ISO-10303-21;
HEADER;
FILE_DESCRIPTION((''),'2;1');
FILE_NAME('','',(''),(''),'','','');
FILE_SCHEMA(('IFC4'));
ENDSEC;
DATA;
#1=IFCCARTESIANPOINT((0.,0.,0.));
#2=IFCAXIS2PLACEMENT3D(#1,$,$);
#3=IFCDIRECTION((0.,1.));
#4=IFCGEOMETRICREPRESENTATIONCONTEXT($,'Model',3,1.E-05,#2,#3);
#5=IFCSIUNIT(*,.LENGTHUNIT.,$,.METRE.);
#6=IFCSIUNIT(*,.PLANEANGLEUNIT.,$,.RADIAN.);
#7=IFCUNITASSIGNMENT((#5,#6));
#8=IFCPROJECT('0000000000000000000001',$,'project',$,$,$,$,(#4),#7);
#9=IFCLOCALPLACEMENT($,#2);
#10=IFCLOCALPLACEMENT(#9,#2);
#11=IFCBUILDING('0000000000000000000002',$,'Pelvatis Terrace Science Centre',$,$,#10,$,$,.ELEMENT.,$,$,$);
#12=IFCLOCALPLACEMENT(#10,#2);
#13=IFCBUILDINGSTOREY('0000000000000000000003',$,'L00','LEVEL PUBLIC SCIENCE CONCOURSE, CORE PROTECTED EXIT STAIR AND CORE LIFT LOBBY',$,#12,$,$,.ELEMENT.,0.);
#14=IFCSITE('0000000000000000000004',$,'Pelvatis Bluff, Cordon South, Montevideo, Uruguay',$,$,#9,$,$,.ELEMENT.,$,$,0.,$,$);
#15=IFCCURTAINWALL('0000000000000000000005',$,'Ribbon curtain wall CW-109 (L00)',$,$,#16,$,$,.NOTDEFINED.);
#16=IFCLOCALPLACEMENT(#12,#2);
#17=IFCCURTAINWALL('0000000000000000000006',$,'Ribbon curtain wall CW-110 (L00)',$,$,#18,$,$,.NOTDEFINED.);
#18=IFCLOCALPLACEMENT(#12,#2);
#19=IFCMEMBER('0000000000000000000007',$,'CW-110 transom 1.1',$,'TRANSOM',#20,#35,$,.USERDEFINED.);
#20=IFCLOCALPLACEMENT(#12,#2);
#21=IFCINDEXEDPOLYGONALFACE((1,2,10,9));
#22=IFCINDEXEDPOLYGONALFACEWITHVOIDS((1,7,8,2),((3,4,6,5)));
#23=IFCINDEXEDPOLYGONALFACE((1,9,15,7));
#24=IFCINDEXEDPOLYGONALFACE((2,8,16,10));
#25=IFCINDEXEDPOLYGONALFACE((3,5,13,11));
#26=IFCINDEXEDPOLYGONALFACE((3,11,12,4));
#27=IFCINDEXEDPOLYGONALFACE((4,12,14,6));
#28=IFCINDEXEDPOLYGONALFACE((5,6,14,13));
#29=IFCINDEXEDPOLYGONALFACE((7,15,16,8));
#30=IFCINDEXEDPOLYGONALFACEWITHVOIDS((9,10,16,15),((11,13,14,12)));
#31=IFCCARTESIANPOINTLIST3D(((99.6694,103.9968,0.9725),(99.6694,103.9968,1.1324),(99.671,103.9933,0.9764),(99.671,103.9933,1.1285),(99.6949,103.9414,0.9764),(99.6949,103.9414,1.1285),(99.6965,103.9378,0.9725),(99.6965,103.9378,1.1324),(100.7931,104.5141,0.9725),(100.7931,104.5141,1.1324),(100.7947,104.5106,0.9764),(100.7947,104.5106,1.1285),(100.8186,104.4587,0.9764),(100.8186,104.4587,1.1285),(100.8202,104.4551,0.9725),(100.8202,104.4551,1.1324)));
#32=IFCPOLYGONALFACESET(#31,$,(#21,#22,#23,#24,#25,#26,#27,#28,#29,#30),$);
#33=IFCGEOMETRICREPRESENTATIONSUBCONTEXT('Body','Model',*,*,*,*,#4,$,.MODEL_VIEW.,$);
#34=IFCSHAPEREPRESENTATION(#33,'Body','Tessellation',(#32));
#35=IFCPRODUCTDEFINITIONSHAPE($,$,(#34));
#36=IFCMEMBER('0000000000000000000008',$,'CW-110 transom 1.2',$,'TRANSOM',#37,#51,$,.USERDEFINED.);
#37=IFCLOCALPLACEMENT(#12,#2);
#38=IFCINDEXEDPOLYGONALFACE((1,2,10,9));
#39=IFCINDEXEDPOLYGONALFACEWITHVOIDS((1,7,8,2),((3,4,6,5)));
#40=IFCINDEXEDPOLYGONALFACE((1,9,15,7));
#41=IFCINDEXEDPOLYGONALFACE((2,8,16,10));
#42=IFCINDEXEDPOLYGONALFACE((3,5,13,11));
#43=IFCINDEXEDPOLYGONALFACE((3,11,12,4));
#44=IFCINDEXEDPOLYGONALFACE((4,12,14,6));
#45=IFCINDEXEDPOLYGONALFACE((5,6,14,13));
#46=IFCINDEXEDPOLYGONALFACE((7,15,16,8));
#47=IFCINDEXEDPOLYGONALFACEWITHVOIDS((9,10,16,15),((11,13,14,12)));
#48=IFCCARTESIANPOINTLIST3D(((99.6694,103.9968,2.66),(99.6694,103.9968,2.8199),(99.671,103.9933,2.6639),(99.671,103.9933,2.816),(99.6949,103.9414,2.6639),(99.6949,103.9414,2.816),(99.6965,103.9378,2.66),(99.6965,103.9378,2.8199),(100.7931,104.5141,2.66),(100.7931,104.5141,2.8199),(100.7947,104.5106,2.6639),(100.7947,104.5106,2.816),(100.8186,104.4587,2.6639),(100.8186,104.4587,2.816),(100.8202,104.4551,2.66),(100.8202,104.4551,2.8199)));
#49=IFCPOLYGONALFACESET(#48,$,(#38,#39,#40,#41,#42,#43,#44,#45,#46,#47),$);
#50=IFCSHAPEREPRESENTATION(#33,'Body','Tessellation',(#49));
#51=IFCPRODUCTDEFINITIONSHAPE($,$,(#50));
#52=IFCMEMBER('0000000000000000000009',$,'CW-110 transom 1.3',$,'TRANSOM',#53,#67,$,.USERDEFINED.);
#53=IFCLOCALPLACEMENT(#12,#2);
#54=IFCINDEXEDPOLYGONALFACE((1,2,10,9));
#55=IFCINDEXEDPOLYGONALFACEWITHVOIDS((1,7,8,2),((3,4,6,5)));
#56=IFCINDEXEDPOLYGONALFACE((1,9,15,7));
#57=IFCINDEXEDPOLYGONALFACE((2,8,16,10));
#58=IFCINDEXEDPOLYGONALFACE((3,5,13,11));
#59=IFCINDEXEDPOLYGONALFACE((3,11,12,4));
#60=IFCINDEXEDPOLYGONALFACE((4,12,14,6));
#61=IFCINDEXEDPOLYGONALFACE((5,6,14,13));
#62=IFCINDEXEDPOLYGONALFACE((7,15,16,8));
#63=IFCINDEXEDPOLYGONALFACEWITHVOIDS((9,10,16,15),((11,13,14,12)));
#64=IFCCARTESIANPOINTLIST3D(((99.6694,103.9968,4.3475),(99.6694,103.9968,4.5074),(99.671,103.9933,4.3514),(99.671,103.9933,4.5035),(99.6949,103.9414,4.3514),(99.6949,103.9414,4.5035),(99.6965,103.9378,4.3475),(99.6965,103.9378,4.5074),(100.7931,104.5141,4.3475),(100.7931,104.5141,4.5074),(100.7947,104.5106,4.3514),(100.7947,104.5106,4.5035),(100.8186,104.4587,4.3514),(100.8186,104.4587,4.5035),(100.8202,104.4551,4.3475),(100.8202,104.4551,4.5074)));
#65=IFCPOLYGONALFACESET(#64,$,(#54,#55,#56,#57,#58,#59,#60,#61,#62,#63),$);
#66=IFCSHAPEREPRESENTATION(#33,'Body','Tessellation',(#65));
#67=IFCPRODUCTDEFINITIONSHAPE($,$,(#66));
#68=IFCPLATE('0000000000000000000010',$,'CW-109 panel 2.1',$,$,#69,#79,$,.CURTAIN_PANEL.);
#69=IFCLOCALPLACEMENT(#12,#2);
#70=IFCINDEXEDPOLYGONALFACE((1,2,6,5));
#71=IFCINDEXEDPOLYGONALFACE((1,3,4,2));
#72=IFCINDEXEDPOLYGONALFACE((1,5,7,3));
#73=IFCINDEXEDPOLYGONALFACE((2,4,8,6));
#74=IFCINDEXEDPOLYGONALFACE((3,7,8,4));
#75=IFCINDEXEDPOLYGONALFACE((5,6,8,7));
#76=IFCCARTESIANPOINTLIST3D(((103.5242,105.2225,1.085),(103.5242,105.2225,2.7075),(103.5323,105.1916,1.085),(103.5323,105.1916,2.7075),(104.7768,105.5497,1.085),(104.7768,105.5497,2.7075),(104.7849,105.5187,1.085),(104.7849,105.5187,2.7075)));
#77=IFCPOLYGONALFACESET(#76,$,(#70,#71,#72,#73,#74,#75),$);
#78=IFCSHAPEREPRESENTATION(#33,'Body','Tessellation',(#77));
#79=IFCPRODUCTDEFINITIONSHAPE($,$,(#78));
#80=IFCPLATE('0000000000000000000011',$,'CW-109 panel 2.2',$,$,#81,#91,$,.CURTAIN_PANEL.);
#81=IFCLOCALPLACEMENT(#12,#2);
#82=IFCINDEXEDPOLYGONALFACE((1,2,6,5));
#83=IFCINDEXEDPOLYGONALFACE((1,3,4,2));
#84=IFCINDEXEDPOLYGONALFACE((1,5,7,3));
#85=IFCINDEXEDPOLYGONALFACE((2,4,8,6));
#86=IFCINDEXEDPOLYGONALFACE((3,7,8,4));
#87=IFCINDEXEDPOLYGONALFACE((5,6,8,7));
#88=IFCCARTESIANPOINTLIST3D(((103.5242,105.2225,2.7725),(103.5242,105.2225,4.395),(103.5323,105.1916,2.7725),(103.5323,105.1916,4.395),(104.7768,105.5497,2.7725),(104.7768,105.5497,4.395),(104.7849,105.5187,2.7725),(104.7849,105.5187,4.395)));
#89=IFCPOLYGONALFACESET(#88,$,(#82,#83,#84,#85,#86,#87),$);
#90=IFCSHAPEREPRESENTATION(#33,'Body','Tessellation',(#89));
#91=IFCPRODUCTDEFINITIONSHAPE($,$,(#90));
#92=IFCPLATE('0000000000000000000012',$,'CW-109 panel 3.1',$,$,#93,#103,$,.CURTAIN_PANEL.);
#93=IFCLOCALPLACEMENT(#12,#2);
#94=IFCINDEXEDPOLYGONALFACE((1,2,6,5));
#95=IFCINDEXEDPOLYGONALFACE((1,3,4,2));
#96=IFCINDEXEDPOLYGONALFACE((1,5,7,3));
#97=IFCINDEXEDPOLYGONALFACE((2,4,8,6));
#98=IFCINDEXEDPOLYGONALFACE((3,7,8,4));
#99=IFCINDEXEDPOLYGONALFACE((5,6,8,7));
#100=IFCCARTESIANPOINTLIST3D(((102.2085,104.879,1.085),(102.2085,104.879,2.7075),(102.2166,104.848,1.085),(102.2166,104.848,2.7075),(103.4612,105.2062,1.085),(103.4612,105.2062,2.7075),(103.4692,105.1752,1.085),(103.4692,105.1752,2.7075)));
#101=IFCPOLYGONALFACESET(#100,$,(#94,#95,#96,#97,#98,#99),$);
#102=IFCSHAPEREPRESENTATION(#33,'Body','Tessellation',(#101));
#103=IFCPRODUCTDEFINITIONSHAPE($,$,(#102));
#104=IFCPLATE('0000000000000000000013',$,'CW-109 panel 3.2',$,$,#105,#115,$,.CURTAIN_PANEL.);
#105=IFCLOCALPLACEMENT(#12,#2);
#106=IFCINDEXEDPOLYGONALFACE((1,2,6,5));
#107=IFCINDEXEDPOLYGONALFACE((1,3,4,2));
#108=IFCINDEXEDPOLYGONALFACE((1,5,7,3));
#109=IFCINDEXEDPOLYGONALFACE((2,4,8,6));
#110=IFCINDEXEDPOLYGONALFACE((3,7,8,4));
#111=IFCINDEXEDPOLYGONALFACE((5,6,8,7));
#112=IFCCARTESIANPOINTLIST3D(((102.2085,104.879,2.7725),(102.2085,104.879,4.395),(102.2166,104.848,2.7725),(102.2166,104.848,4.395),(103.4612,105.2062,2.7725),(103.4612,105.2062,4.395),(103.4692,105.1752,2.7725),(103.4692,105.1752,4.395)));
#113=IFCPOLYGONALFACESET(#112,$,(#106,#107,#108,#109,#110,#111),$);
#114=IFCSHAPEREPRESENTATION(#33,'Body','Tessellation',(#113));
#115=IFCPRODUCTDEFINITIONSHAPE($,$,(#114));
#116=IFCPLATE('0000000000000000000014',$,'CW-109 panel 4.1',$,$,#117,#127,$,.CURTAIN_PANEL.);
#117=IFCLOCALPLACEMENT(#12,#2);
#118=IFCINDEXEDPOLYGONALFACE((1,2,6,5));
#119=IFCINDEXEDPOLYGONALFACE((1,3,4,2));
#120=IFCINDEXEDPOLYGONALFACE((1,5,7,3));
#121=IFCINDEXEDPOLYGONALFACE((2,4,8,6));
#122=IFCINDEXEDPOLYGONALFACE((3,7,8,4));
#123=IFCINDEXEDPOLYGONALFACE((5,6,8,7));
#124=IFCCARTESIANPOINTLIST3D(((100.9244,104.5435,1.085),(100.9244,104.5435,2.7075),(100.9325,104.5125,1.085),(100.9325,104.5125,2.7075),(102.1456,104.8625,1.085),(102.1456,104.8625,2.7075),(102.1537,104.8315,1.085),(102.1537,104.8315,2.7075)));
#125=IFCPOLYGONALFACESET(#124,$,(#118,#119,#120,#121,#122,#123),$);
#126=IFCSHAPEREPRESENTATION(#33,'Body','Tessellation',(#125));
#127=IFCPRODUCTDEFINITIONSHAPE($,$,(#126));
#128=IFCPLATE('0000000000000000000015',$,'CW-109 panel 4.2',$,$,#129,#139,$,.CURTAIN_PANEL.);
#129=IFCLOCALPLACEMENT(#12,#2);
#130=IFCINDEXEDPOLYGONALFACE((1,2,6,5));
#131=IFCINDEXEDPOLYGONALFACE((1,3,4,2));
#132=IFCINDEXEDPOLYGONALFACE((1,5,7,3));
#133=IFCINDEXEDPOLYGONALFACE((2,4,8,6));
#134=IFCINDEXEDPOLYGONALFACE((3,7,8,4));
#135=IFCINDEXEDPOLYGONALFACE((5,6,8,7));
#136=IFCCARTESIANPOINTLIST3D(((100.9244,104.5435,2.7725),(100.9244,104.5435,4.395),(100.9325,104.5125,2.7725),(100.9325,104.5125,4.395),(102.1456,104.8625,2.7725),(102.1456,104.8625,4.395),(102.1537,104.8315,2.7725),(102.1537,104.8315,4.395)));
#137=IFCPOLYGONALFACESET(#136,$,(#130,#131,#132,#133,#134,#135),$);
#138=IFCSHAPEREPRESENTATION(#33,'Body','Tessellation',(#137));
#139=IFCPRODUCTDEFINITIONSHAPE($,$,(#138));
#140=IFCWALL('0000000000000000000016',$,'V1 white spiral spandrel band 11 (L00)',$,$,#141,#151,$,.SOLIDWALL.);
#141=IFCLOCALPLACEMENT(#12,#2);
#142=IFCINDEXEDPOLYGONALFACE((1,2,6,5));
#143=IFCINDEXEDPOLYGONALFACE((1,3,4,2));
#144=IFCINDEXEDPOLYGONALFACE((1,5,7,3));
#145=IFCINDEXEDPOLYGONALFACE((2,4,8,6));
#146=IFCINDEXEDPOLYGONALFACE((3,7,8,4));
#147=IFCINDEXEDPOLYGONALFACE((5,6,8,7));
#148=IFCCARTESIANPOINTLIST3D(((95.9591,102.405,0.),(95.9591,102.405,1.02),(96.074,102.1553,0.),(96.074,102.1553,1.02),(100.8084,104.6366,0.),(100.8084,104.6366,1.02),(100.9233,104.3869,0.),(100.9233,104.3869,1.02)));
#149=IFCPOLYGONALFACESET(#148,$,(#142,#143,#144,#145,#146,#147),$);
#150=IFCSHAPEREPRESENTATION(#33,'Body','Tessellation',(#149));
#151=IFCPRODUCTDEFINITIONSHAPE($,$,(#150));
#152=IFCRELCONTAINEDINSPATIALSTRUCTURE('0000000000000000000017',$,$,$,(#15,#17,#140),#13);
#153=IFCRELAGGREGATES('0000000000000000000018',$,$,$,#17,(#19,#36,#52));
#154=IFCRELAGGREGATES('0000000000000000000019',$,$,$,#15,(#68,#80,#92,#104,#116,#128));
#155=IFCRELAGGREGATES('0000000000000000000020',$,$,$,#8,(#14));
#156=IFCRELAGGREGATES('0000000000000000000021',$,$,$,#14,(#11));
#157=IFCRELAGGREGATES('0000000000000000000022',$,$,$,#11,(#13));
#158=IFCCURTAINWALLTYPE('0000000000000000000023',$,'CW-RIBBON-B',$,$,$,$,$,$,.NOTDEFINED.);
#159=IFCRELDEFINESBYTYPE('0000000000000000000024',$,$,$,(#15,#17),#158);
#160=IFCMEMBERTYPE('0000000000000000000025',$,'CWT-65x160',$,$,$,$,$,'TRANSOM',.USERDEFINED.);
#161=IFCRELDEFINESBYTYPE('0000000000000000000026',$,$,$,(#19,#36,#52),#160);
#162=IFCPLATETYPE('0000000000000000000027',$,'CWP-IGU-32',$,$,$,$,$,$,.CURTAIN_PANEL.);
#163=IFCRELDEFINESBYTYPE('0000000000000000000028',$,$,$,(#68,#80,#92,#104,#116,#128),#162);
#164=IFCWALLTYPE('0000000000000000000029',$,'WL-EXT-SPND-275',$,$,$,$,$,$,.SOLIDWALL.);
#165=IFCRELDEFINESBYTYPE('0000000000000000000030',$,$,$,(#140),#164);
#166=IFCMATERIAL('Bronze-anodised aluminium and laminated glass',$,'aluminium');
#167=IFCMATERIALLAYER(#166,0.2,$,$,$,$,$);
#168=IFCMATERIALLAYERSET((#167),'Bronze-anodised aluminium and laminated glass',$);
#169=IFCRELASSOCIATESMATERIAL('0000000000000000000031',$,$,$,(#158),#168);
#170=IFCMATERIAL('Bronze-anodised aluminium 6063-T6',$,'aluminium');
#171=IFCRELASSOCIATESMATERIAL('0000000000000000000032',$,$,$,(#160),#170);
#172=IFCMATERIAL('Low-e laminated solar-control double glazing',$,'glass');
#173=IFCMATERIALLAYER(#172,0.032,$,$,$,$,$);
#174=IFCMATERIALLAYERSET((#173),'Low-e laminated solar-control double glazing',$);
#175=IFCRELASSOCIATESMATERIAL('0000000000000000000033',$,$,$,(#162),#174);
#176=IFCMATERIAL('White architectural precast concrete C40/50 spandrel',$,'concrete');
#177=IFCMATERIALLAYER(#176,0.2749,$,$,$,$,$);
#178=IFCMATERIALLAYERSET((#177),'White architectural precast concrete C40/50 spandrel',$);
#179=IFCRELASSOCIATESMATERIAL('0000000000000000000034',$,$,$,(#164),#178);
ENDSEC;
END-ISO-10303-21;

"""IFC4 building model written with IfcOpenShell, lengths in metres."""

from ifc_helpers import new_model, si_unit, direction, frame, frame_2d, origin, origin_2d, place, context, subcontext, project, spatial, rectangle, hollow_rectangle, extrude, material, layer, layer_set, material_profile, profile_set, type_object, element, aggregate, save


model = new_model("IFC4")

# Units and contexts
model_context = context("Model", 3, precision=1e-05, world=origin(), true_north=direction((0.0, 1.0)))
body_context = subcontext(model_context, "Body", "Model", "MODEL_VIEW")
ifc_project = project(units=[si_unit("LENGTHUNIT", "METRE"), si_unit("PLANEANGLEUNIT", "RADIAN")], contexts=[model_context])

# Site, building, storey
site_placement = place(None, origin())
site = spatial("IfcSite", under=ifc_project, at=site_placement, Name="Pelvatis Bluff, Cordon South, Montevideo, Uruguay", CompositionType="ELEMENT", RefElevation=0.0)
building_placement = place(site_placement, origin())
building = spatial("IfcBuilding", under=site, at=building_placement, Name="Pelvatis Terrace Science Centre", CompositionType="ELEMENT")
storey_placement = place(building_placement, origin())
storey = spatial("IfcBuildingStorey", under=building, at=storey_placement, Name="L00", Description="LEVEL PUBLIC SCIENCE CONCOURSE, CORE PROTECTED EXIT STAIR AND CORE LIFT LOBBY", CompositionType="ELEMENT", Elevation=0.0)

# Curtain wall
ifc_material_1 = material(Name="Bronze-anodised aluminium and laminated glass", Category="aluminium")
ifc_layer_1 = layer(ifc_material_1, 0.2)
ifc_layer_set_1 = layer_set([ifc_layer_1], Name="Bronze-anodised aluminium and laminated glass")
curtain_wall_type = type_object("IfcCurtainWallType", Name="CW-RIBBON-B", PredefinedType="NOTDEFINED", material=ifc_layer_set_1)
curtain_wall_1_placement = place(storey_placement, origin())
curtain_wall_1 = element("IfcCurtainWall", 1, at=curtain_wall_1_placement, inside=storey, type_object=curtain_wall_type, Name="Ribbon curtain wall CW-109 (L00)", PredefinedType="NOTDEFINED")

# Curtain wall
curtain_wall_2_placement = place(storey_placement, origin())
curtain_wall_2 = element("IfcCurtainWall", 2, at=curtain_wall_2_placement, inside=storey, type_object=curtain_wall_type, Name="Ribbon curtain wall CW-110 (L00)", PredefinedType="NOTDEFINED")

# Members
ifc_material_2 = material(Name="Bronze-anodised aluminium 6063-T6", Category="aluminium")
ifc_material_profile_1 = material_profile(ifc_material_2, hollow_rectangle(XDim=0.0649, YDim=0.1599, WallThickness=0.0039, at=origin_2d()), Name="ALU-TRN 65x160")
ifc_profile_set_1 = profile_set([ifc_material_profile_1], Name="Bronze-anodised aluminium 6063-T6")
member_type_1 = type_object("IfcMemberType", Name="CWT-65x160", ElementType="TRANSOM", PredefinedType="USERDEFINED", material=ifc_profile_set_1)
member_1_placement = place(storey_placement, frame((100.8066, 104.4846, 1.0525), z_axis=(-0.908369, -0.418169, 0.0), x_axis=(0.418169, -0.908369, 0.0)))
member_1 = element("IfcMember", 3, at=member_1_placement, type_object=member_type_1, Name="CW-110 transom 1.1", ObjectType="TRANSOM", PredefinedType="USERDEFINED", context=body_context, shape_type="SweptSolid", body=[
    extrude(hollow_rectangle(XDim=0.0649, YDim=0.1599, WallThickness=0.0039, at=origin_2d()), origin(), (0.0, 0.0, 1.0), 1.2371),
])
member_2_placement = place(storey_placement, frame((100.8066, 104.4846, 2.74), z_axis=(-0.908369, -0.418169, 0.0), x_axis=(0.418169, -0.908369, 0.0)))
member_2 = element("IfcMember", 4, at=member_2_placement, type_object=member_type_1, Name="CW-110 transom 1.2", ObjectType="TRANSOM", PredefinedType="USERDEFINED", context=body_context, shape_type="SweptSolid", body=[
    extrude(hollow_rectangle(XDim=0.0649, YDim=0.1599, WallThickness=0.0039, at=origin_2d()), origin(), (0.0, 0.0, 1.0), 1.2371),
])
member_3_placement = place(storey_placement, frame((100.8066, 104.4846, 4.4275), z_axis=(-0.908369, -0.418169, 0.0), x_axis=(0.418169, -0.908369, 0.0)))
member_3 = element("IfcMember", 5, at=member_3_placement, type_object=member_type_1, Name="CW-110 transom 1.3", ObjectType="TRANSOM", PredefinedType="USERDEFINED", context=body_context, shape_type="SweptSolid", body=[
    extrude(hollow_rectangle(XDim=0.0649, YDim=0.1599, WallThickness=0.0039, at=origin_2d()), origin(), (0.0, 0.0, 1.0), 1.2371),
])
aggregate(curtain_wall_2, [member_1, member_2, member_3])

# Plates
ifc_material_3 = material(Name="Low-e laminated solar-control double glazing", Category="glass")
ifc_layer_2 = layer(ifc_material_3, 0.032)
ifc_layer_set_2 = layer_set([ifc_layer_2], Name="Low-e laminated solar-control double glazing")
plate_type = type_object("IfcPlateType", Name="CWP-IGU-32", PredefinedType="CURTAIN_PANEL", material=ifc_layer_set_2)
plate_1_placement = place(storey_placement, frame((104.1545, 105.3706, 1.085), z_axis=(0.0, 0.0, 1.0), x_axis=(-0.967545, -0.252698, 0.0)))
plate_1 = element("IfcPlate", 6, at=plate_1_placement, type_object=plate_type, Name="CW-109 panel 2.1", PredefinedType="CURTAIN_PANEL", context=body_context, shape_type="SweptSolid", body=[
    extrude(rectangle(XDim=1.2947, YDim=0.032, at=origin_2d()), origin(), (0.0, 0.0, 1.0), 1.6226),
])
plate_2_placement = place(storey_placement, frame((104.1545, 105.3706, 2.7725), z_axis=(0.0, 0.0, 1.0), x_axis=(-0.967545, -0.252698, 0.0)))
plate_2 = element("IfcPlate", 7, at=plate_2_placement, type_object=plate_type, Name="CW-109 panel 2.2", PredefinedType="CURTAIN_PANEL", context=body_context, shape_type="SweptSolid", body=[
    extrude(rectangle(XDim=1.2947, YDim=0.032, at=origin_2d()), origin(), (0.0, 0.0, 1.0), 1.6226),
])
plate_3_placement = place(storey_placement, frame((102.8389, 105.0271, 1.085), z_axis=(0.0, 0.0, 1.0), x_axis=(-0.967545, -0.252698, 0.0)))
plate_3 = element("IfcPlate", 8, at=plate_3_placement, type_object=plate_type, Name="CW-109 panel 3.1", PredefinedType="CURTAIN_PANEL", context=body_context, shape_type="SweptSolid", body=[
    extrude(rectangle(XDim=1.2947, YDim=0.032, at=origin_2d()), origin(), (0.0, 0.0, 1.0), 1.6226),
])
plate_4_placement = place(storey_placement, frame((102.8389, 105.0271, 2.7725), z_axis=(0.0, 0.0, 1.0), x_axis=(-0.967545, -0.252698, 0.0)))
plate_4 = element("IfcPlate", 9, at=plate_4_placement, type_object=plate_type, Name="CW-109 panel 3.2", PredefinedType="CURTAIN_PANEL", context=body_context, shape_type="SweptSolid", body=[
    extrude(rectangle(XDim=1.2947, YDim=0.032, at=origin_2d()), origin(), (0.0, 0.0, 1.0), 1.6226),
])
plate_5_placement = place(storey_placement, frame((101.5391, 104.6875, 1.085), z_axis=(0.0, 0.0, 1.0), x_axis=(-0.967545, -0.252698, 0.0)))
plate_5 = element("IfcPlate", 10, at=plate_5_placement, type_object=plate_type, Name="CW-109 panel 4.1", PredefinedType="CURTAIN_PANEL", context=body_context, shape_type="SweptSolid", body=[
    extrude(rectangle(XDim=1.2622, YDim=0.032, at=origin_2d()), origin(), (0.0, 0.0, 1.0), 1.6226),
])
plate_6_placement = place(storey_placement, frame((101.5391, 104.6875, 2.7725), z_axis=(0.0, 0.0, 1.0), x_axis=(-0.967545, -0.252698, 0.0)))
plate_6 = element("IfcPlate", 11, at=plate_6_placement, type_object=plate_type, Name="CW-109 panel 4.2", PredefinedType="CURTAIN_PANEL", context=body_context, shape_type="SweptSolid", body=[
    extrude(rectangle(XDim=1.2622, YDim=0.032, at=origin_2d()), origin(), (0.0, 0.0, 1.0), 1.6226),
])
aggregate(curtain_wall_1, [plate_1, plate_2, plate_3, plate_4, plate_5, plate_6])

# Wall
ifc_material_4 = material(Name="White architectural precast concrete C40/50 spandrel", Category="concrete")
ifc_layer_3 = layer(ifc_material_4, 0.2749)
ifc_layer_set_3 = layer_set([ifc_layer_3], Name="White architectural precast concrete C40/50 spandrel")
wall_type = type_object("IfcWallType", Name="WL-EXT-SPND-275", PredefinedType="SOLIDWALL", material=ifc_layer_set_3)
wall_placement = place(storey_placement, frame((100.8657, 104.5117, 0.0), z_axis=(0.0, 0.0, 1.0), x_axis=(-0.908421, -0.418057, 0.0)))
element("IfcWall", 12, at=wall_placement, inside=storey, type_object=wall_type, Name="V1 white spiral spandrel band 11 (L00)", PredefinedType="SOLIDWALL", context=body_context, shape_type="SweptSolid", body=[
    extrude(rectangle(XDim=5.3381, YDim=0.2749, at=frame_2d((2.6689, 0.0))), origin(), (0.0, 0.0, 1.0), 1.02),
])

save(model, "model.ifc")
